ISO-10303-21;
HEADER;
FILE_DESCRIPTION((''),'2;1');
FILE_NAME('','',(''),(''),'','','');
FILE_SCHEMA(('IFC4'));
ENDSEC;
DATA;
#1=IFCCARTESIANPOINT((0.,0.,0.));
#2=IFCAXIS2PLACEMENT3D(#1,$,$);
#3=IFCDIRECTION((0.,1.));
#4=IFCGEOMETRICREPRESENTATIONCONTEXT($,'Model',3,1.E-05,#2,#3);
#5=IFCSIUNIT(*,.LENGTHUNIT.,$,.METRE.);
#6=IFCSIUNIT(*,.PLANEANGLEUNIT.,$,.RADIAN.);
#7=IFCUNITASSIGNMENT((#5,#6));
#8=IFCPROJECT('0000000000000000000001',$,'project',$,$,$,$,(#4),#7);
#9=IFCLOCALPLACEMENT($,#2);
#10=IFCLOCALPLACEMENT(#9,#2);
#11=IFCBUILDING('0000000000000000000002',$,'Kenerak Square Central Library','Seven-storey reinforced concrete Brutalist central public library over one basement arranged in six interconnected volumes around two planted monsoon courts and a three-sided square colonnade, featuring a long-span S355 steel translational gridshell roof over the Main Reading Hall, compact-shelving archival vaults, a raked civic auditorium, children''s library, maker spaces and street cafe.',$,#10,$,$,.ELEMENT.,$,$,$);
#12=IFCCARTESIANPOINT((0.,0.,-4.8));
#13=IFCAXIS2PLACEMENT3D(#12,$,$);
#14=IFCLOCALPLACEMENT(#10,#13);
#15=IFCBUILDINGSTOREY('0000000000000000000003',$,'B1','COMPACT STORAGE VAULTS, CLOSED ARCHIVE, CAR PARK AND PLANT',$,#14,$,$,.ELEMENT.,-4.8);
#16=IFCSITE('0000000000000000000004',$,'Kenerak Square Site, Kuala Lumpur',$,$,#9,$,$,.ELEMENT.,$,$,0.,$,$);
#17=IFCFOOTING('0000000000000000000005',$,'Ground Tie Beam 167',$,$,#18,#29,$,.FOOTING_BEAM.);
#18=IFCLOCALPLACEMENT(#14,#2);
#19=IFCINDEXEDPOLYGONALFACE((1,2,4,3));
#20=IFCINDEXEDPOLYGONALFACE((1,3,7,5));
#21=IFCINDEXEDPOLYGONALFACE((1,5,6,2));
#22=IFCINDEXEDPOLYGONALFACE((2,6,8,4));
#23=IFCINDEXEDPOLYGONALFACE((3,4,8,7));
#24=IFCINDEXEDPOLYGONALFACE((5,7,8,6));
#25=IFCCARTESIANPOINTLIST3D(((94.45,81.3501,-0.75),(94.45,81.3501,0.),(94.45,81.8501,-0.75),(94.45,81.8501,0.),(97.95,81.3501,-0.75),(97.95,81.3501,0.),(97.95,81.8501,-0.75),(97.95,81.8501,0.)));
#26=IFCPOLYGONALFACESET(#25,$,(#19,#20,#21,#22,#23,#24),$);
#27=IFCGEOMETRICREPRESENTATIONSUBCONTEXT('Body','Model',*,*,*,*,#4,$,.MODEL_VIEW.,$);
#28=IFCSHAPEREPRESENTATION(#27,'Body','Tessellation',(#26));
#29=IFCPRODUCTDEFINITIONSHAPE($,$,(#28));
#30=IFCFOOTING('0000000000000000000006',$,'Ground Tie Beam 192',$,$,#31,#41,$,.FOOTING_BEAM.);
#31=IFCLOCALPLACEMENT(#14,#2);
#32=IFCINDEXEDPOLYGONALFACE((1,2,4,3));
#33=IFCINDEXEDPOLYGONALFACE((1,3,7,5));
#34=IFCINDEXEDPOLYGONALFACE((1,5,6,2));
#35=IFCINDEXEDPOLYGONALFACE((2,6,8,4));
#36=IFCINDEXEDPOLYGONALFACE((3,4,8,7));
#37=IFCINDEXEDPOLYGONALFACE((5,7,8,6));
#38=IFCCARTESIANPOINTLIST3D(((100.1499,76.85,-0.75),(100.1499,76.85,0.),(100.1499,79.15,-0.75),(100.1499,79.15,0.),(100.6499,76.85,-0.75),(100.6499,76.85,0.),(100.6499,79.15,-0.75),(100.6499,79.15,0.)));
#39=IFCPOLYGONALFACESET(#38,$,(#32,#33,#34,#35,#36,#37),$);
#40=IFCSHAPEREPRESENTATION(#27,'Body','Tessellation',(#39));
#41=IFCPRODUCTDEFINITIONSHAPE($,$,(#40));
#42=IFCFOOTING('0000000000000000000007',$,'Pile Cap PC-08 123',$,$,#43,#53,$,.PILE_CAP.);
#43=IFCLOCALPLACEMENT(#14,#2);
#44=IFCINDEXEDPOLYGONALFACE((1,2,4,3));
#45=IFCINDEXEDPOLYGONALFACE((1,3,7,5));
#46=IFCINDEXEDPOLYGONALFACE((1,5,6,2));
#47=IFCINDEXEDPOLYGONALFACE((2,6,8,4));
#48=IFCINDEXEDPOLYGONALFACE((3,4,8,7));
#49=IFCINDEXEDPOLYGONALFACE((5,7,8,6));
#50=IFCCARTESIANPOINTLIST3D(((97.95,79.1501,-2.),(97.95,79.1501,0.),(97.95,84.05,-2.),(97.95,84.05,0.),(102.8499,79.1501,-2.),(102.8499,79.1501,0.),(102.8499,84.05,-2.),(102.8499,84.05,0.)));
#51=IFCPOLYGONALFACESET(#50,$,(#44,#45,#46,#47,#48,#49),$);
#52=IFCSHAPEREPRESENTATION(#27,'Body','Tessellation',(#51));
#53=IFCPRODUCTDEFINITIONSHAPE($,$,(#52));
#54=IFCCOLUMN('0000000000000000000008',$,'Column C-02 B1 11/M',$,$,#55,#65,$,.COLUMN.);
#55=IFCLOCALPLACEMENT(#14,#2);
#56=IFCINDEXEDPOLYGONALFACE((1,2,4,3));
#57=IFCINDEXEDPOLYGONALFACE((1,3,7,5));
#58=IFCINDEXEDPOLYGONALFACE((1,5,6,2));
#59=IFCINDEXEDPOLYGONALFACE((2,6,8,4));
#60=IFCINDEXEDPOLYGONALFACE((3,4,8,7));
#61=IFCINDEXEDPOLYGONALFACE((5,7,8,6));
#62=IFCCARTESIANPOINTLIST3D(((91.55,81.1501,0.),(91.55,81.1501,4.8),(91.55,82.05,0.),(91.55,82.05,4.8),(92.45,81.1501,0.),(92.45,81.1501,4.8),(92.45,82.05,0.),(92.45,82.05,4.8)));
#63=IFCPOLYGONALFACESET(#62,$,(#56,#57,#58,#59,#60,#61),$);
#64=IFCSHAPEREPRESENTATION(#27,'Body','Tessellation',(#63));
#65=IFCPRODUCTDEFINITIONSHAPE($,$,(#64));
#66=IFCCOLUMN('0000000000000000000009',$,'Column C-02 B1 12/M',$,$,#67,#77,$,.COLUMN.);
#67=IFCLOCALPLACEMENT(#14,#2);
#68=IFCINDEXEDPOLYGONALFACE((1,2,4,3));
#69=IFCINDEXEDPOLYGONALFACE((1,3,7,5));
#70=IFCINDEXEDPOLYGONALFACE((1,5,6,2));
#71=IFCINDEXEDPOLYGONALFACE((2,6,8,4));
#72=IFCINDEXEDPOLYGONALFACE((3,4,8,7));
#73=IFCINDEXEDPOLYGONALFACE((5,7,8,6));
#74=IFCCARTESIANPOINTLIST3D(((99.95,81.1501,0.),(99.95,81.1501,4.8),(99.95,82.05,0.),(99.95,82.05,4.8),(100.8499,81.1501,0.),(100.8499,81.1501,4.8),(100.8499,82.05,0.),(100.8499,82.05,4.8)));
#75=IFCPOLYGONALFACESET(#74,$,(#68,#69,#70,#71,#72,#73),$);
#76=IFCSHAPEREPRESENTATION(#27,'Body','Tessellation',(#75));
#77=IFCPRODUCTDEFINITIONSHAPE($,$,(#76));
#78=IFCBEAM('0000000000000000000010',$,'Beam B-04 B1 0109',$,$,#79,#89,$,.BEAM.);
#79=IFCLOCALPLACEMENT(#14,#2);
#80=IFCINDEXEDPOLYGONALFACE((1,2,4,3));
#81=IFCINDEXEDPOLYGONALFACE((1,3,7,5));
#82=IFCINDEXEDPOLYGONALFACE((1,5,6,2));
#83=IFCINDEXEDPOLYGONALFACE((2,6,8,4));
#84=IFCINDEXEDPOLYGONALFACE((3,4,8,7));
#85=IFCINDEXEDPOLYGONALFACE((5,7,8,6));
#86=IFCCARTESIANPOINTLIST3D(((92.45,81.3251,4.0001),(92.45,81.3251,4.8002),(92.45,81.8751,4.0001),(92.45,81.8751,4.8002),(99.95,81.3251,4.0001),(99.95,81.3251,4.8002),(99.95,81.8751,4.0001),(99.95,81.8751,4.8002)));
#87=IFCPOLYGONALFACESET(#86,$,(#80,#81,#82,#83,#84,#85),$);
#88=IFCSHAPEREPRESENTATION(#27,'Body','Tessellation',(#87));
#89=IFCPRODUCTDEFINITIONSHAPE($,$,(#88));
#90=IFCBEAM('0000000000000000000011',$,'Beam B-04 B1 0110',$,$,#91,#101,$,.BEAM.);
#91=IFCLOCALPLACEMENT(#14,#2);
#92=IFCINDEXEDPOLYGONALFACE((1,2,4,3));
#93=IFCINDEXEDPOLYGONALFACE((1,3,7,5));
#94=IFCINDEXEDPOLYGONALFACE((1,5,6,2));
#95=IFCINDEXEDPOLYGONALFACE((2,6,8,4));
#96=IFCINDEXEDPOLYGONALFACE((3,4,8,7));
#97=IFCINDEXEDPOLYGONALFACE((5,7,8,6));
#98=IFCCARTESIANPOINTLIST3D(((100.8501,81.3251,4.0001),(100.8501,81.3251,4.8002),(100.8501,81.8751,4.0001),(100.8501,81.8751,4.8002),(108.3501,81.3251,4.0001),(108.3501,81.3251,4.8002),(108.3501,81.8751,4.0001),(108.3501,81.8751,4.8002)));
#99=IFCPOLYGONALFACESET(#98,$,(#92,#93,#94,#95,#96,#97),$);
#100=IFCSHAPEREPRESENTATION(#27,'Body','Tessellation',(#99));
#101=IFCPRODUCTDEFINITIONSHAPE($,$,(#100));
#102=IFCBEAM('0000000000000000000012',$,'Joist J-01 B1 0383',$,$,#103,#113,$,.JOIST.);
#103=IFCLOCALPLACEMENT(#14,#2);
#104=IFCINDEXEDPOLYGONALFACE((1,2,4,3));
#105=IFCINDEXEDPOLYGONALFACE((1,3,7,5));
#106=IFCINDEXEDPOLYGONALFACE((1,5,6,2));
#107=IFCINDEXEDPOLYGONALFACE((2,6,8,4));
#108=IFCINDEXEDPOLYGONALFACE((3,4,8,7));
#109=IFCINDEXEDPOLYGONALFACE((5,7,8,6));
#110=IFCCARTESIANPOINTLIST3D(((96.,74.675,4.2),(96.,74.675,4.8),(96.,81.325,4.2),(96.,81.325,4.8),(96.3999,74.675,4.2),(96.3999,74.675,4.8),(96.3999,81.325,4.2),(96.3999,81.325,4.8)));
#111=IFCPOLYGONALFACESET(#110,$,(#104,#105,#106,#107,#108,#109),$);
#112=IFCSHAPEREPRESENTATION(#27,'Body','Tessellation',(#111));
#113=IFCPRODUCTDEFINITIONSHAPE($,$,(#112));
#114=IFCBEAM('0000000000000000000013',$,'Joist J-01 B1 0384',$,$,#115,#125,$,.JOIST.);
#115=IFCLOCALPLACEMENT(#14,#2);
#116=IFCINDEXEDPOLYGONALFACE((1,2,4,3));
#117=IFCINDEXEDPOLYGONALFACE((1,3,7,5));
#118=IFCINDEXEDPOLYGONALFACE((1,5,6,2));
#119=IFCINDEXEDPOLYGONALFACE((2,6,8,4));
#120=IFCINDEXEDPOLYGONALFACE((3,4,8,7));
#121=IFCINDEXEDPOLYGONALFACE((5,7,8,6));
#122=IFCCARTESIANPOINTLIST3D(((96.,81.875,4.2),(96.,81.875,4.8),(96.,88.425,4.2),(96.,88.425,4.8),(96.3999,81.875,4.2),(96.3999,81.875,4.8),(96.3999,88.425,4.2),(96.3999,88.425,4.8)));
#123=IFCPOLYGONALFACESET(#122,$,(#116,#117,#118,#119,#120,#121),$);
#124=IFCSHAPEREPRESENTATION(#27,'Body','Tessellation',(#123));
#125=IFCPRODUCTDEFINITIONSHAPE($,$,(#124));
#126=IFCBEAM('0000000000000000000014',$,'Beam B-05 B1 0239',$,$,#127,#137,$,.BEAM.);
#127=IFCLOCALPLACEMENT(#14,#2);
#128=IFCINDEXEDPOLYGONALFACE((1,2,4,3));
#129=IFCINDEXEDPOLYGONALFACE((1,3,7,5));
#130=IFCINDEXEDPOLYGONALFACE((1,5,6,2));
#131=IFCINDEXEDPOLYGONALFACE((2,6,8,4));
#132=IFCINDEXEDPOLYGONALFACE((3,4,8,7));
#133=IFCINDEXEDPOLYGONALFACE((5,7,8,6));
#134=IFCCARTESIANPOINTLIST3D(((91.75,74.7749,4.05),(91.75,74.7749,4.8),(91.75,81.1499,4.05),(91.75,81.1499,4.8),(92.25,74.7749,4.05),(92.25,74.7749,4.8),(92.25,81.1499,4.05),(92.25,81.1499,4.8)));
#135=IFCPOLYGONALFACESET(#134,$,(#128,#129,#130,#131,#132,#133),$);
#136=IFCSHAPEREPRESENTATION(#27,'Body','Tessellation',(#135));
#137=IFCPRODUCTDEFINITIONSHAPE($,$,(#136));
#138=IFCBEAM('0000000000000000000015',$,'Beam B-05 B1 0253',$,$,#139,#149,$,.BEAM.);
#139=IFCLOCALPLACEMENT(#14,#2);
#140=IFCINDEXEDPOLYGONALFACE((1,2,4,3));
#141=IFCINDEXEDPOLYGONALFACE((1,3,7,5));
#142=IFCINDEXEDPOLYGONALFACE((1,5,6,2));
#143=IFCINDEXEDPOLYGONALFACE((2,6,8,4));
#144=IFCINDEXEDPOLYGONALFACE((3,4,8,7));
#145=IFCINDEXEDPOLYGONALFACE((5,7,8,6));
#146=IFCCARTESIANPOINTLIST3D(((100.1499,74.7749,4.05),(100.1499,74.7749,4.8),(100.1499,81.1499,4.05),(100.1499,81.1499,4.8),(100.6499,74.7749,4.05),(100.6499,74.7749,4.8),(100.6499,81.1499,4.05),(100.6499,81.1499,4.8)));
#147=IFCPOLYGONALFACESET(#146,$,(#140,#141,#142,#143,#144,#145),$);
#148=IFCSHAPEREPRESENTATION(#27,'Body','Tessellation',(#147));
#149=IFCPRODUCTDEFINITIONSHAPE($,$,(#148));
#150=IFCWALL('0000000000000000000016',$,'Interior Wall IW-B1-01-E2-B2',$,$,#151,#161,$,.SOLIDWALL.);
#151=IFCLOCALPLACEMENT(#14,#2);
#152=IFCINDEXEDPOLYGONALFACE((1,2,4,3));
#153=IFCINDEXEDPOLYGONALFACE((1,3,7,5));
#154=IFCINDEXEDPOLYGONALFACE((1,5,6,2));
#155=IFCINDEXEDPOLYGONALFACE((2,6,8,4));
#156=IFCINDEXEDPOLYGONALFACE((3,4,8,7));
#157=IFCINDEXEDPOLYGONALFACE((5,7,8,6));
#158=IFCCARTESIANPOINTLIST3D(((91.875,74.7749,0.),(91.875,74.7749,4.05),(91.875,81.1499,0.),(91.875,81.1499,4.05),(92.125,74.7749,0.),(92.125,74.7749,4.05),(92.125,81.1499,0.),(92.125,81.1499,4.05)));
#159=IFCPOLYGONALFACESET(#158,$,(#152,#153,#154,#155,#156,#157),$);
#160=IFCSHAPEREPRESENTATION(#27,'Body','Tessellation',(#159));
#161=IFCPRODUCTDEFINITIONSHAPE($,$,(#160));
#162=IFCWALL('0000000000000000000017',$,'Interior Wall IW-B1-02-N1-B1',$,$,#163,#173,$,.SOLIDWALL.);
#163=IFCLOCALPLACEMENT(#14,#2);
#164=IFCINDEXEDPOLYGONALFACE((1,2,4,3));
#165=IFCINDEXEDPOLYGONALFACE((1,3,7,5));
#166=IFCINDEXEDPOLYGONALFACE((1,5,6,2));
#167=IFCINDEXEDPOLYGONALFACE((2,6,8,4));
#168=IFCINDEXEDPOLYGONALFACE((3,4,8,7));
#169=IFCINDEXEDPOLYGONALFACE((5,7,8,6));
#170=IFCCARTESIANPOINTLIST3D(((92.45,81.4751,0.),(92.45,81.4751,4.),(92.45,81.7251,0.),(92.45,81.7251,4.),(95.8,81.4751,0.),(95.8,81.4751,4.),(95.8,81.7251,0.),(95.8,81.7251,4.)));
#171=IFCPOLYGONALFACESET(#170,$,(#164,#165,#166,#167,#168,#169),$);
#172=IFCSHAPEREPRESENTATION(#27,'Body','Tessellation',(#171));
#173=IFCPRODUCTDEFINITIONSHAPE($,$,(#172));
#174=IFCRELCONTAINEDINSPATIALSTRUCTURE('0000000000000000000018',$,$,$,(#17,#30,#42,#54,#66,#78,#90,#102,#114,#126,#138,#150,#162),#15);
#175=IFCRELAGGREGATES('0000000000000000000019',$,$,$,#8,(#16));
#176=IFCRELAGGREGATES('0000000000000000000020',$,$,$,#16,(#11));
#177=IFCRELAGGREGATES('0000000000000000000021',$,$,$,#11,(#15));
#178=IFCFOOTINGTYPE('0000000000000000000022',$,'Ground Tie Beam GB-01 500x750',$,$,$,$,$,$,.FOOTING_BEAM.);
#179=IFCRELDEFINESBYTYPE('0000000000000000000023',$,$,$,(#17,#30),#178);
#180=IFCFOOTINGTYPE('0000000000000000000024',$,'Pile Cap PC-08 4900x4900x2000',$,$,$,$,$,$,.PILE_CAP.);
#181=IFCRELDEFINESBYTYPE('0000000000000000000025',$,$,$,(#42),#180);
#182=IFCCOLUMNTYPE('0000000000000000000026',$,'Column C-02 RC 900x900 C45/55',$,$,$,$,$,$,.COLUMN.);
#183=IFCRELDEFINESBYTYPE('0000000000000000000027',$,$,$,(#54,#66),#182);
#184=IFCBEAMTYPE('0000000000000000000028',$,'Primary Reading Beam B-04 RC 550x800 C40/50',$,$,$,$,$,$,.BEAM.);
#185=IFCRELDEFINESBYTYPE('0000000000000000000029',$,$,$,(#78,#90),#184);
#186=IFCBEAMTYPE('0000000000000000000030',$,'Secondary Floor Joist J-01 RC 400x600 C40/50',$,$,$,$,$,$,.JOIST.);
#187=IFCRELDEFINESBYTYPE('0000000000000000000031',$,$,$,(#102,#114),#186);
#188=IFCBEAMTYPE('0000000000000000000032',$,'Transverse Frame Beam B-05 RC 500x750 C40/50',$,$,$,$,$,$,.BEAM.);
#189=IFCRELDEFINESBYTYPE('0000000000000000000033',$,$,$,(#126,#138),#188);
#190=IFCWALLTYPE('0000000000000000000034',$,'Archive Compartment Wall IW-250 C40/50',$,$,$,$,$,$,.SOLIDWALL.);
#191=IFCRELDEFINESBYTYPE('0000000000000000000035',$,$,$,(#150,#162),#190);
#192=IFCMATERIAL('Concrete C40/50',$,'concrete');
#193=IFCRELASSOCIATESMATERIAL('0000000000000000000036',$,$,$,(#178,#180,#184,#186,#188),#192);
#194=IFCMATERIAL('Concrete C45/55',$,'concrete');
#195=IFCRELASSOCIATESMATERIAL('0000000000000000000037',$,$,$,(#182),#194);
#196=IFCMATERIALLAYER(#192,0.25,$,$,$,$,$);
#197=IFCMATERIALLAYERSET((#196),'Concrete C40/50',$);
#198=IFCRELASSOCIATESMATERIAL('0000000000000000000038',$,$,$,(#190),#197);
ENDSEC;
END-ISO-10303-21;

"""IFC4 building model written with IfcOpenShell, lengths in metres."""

from ifc_helpers import new_model, si_unit, direction, frame, frame_2d, origin, origin_2d, place, context, subcontext, project, spatial, rectangle, extrude, material, layer, layer_set, material_profile, profile_set, type_object, element, save


model = new_model("IFC4")

# Units and contexts
model_context = context("Model", 3, precision=1e-05, world=origin(), true_north=direction((0.0, 1.0)))
body_context = subcontext(model_context, "Body", "Model", "MODEL_VIEW")
ifc_project = project(units=[si_unit("LENGTHUNIT", "METRE"), si_unit("PLANEANGLEUNIT", "RADIAN")], contexts=[model_context])

# Site, building, storey
site_placement = place(None, origin())
site = spatial("IfcSite", under=ifc_project, at=site_placement, Name="Kenerak Square Site, Kuala Lumpur", CompositionType="ELEMENT", RefElevation=0.0)
building_placement = place(site_placement, origin())
building = spatial("IfcBuilding", under=site, at=building_placement, Name="Kenerak Square Central Library", Description="Seven-storey reinforced concrete Brutalist central public library over one basement arranged in six interconnected volumes around two planted monsoon courts and a three-sided square colonnade, featuring a long-span S355 steel translational gridshell roof over the Main Reading Hall, compact-shelving archival vaults, a raked civic auditorium, children's library, maker spaces and street cafe.", CompositionType="ELEMENT")
storey_placement = place(building_placement, frame((0.0, 0.0, -4.8)))
storey = spatial("IfcBuildingStorey", under=building, at=storey_placement, Name="B1", Description="COMPACT STORAGE VAULTS, CLOSED ARCHIVE, CAR PARK AND PLANT", CompositionType="ELEMENT", Elevation=-4.8)

# Shared definitions
ifc_material_1 = material(Name="Concrete C40/50", Category="concrete")

# Footings
footing_type_1 = type_object("IfcFootingType", Name="Ground Tie Beam GB-01 500x750", PredefinedType="FOOTING_BEAM", material=ifc_material_1)
footing_1_placement = place(storey_placement, frame((96.2, 81.6001, -0.75), z_axis=(0.0, 0.0, 1.0), x_axis=(1.0, 0.0, 0.0)))
element("IfcFooting", 1, at=footing_1_placement, inside=storey, type_object=footing_type_1, Name="Ground Tie Beam 167", PredefinedType="FOOTING_BEAM", context=body_context, shape_type="SweptSolid", body=[
    extrude(rectangle(XDim=3.5, YDim=0.5, at=origin_2d()), origin(), (0.0, 0.0, 1.0), 0.75),
])
footing_2_placement = place(storey_placement, frame((100.3999, 78.0, -0.75), z_axis=(0.0, 0.0, 1.0), x_axis=(1.0, 0.0, 0.0)))
element("IfcFooting", 2, at=footing_2_placement, inside=storey, type_object=footing_type_1, Name="Ground Tie Beam 192", PredefinedType="FOOTING_BEAM", context=body_context, shape_type="SweptSolid", body=[
    extrude(rectangle(XDim=0.5, YDim=2.3, at=origin_2d()), origin(), (0.0, 0.0, 1.0), 0.75),
])
footing_type_2 = type_object("IfcFootingType", Name="Pile Cap PC-08 4900x4900x2000", PredefinedType="PILE_CAP", material=ifc_material_1)
footing_3_placement = place(storey_placement, frame((100.3999, 81.6001, -2.0), z_axis=(0.0, 0.0, 1.0), x_axis=(1.0, 0.0, 0.0)))
element("IfcFooting", 3, at=footing_3_placement, inside=storey, type_object=footing_type_2, Name="Pile Cap PC-08 123", PredefinedType="PILE_CAP", context=body_context, shape_type="SweptSolid", body=[
    extrude(rectangle(XDim=4.8999, YDim=4.8999, at=origin_2d()), origin(), (0.0, 0.0, 1.0), 2.0),
])

# Columns
ifc_material_2 = material(Name="Concrete C45/55", Category="concrete")
ifc_material_profile_1 = material_profile(ifc_material_2, rectangle(XDim=0.8999, YDim=0.8999, at=origin_2d()), Name="RC 900x900")
ifc_profile_set_1 = profile_set([ifc_material_profile_1], Name="Concrete C45/55")
column_type = type_object("IfcColumnType", Name="Column C-02 RC 900x900 C45/55", PredefinedType="COLUMN", material=ifc_profile_set_1)
for number, where, z_axis, x_axis, name in (
    (4, (92.0, 81.6001, 0.0), (0.0, 0.0, 1.0), (1.0, 0.0, 0.0), "Column C-02 B1 11/M"),
    (5, (100.3999, 81.6001, 0.0), (0.0, 0.0, 1.0), (1.0, 0.0, 0.0), "Column C-02 B1 12/M"),
):
    element("IfcColumn", number, at=place(storey_placement, frame(where, z_axis=z_axis, x_axis=x_axis)), inside=storey, type_object=column_type, Name=name, PredefinedType="COLUMN", context=body_context, shape_type="SweptSolid", body=[
        extrude(rectangle(XDim=0.8999, YDim=0.8999, at=origin_2d()), origin(), (0.0, 0.0, 1.0), 4.8),
    ])

# Beams
ifc_material_profile_2 = material_profile(ifc_material_1, rectangle(XDim=0.55, YDim=0.8, at=origin_2d()), Name="RC 550x800")
ifc_profile_set_2 = profile_set([ifc_material_profile_2], Name="Concrete C40/50")
beam_type_1 = type_object("IfcBeamType", Name="Primary Reading Beam B-04 RC 550x800 C40/50", PredefinedType="BEAM", material=ifc_profile_set_2)
for number, where, z_axis, x_axis, name in (
    (6, (92.45, 81.6001, 4.4001), (1.0, 0.0, 0.0), (0.0, 1.0, 0.0), "Beam B-04 B1 0109"),
    (7, (100.8501, 81.6001, 4.4001), (1.0, 0.0, 0.0), (0.0, 1.0, 0.0), "Beam B-04 B1 0110"),
):
    element("IfcBeam", number, at=place(storey_placement, frame(where, z_axis=z_axis, x_axis=x_axis)), inside=storey, type_object=beam_type_1, Name=name, PredefinedType="BEAM", context=body_context, shape_type="SweptSolid", body=[
        extrude(rectangle(XDim=0.55, YDim=0.8, at=origin_2d()), origin(), (0.0, 0.0, 1.0), 7.5),
    ])
ifc_material_profile_3 = material_profile(ifc_material_1, rectangle(XDim=0.3999, YDim=0.6001, at=origin_2d()), Name="RC 400x600")
ifc_profile_set_3 = profile_set([ifc_material_profile_3], Name="Concrete C40/50")
beam_type_2 = type_object("IfcBeamType", Name="Secondary Floor Joist J-01 RC 400x600 C40/50", PredefinedType="JOIST", material=ifc_profile_set_3)
beam_1_placement = place(storey_placement, frame((96.2, 74.675, 4.5), z_axis=(0.0, 1.0, 0.0), x_axis=(-1.0, 0.0, 0.0)))
element("IfcBeam", 8, at=beam_1_placement, inside=storey, type_object=beam_type_2, Name="Joist J-01 B1 0383", PredefinedType="JOIST", context=body_context, shape_type="SweptSolid", body=[
    extrude(rectangle(XDim=0.3999, YDim=0.6001, at=origin_2d()), origin(), (0.0, 0.0, 1.0), 6.6499),
])
beam_2_placement = place(storey_placement, frame((96.2, 81.875, 4.5), z_axis=(0.0, 1.0, 0.0), x_axis=(-1.0, 0.0, 0.0)))
element("IfcBeam", 9, at=beam_2_placement, inside=storey, type_object=beam_type_2, Name="Joist J-01 B1 0384", PredefinedType="JOIST", context=body_context, shape_type="SweptSolid", body=[
    extrude(rectangle(XDim=0.3999, YDim=0.6001, at=origin_2d()), origin(), (0.0, 0.0, 1.0), 6.55),
])
ifc_material_profile_4 = material_profile(ifc_material_1, rectangle(XDim=0.5, YDim=0.75, at=origin_2d()), Name="RC 500x750")
ifc_profile_set_4 = profile_set([ifc_material_profile_4], Name="Concrete C40/50")
beam_type_3 = type_object("IfcBeamType", Name="Transverse Frame Beam B-05 RC 500x750 C40/50", PredefinedType="BEAM", material=ifc_profile_set_4)
for number, where, z_axis, x_axis, name in (
    (10, (92.0, 74.7749, 4.425), (0.0, 1.0, 0.0), (-1.0, 0.0, 0.0), "Beam B-05 B1 0239"),
    (11, (100.3999, 74.7749, 4.425), (0.0, 1.0, 0.0), (-1.0, 0.0, 0.0), "Beam B-05 B1 0253"),
):
    element("IfcBeam", number, at=place(storey_placement, frame(where, z_axis=z_axis, x_axis=x_axis)), inside=storey, type_object=beam_type_3, Name=name, PredefinedType="BEAM", context=body_context, shape_type="SweptSolid", body=[
        extrude(rectangle(XDim=0.5, YDim=0.75, at=origin_2d()), origin(), (0.0, 0.0, 1.0), 6.375),
    ])

# Walls
ifc_layer = layer(ifc_material_1, 0.25)
ifc_layer_set = layer_set([ifc_layer], Name="Concrete C40/50")
wall_type = type_object("IfcWallType", Name="Archive Compartment Wall IW-250 C40/50", PredefinedType="SOLIDWALL", material=ifc_layer_set)
wall_1_placement = place(storey_placement, frame((92.0, 81.1499, 0.0), z_axis=(0.0, 0.0, 1.0), x_axis=(0.0, -1.0, 0.0)))
element("IfcWall", 12, at=wall_1_placement, inside=storey, type_object=wall_type, Name="Interior Wall IW-B1-01-E2-B2", PredefinedType="SOLIDWALL", context=body_context, shape_type="SweptSolid", body=[
    extrude(rectangle(XDim=6.375, YDim=0.25, at=frame_2d((3.1875, 0.0))), origin(), (0.0, 0.0, 1.0), 4.05),
])
wall_2_placement = place(storey_placement, frame((92.45, 81.6001, 0.0), z_axis=(0.0, 0.0, 1.0), x_axis=(1.0, 0.0, 0.0)))
element("IfcWall", 13, at=wall_2_placement, inside=storey, type_object=wall_type, Name="Interior Wall IW-B1-02-N1-B1", PredefinedType="SOLIDWALL", context=body_context, shape_type="SweptSolid", body=[
    extrude(rectangle(XDim=3.3501, YDim=0.25, at=frame_2d((1.675, 0.0))), origin(), (0.0, 0.0, 1.0), 4.0),
])

save(model, "model.ifc")
